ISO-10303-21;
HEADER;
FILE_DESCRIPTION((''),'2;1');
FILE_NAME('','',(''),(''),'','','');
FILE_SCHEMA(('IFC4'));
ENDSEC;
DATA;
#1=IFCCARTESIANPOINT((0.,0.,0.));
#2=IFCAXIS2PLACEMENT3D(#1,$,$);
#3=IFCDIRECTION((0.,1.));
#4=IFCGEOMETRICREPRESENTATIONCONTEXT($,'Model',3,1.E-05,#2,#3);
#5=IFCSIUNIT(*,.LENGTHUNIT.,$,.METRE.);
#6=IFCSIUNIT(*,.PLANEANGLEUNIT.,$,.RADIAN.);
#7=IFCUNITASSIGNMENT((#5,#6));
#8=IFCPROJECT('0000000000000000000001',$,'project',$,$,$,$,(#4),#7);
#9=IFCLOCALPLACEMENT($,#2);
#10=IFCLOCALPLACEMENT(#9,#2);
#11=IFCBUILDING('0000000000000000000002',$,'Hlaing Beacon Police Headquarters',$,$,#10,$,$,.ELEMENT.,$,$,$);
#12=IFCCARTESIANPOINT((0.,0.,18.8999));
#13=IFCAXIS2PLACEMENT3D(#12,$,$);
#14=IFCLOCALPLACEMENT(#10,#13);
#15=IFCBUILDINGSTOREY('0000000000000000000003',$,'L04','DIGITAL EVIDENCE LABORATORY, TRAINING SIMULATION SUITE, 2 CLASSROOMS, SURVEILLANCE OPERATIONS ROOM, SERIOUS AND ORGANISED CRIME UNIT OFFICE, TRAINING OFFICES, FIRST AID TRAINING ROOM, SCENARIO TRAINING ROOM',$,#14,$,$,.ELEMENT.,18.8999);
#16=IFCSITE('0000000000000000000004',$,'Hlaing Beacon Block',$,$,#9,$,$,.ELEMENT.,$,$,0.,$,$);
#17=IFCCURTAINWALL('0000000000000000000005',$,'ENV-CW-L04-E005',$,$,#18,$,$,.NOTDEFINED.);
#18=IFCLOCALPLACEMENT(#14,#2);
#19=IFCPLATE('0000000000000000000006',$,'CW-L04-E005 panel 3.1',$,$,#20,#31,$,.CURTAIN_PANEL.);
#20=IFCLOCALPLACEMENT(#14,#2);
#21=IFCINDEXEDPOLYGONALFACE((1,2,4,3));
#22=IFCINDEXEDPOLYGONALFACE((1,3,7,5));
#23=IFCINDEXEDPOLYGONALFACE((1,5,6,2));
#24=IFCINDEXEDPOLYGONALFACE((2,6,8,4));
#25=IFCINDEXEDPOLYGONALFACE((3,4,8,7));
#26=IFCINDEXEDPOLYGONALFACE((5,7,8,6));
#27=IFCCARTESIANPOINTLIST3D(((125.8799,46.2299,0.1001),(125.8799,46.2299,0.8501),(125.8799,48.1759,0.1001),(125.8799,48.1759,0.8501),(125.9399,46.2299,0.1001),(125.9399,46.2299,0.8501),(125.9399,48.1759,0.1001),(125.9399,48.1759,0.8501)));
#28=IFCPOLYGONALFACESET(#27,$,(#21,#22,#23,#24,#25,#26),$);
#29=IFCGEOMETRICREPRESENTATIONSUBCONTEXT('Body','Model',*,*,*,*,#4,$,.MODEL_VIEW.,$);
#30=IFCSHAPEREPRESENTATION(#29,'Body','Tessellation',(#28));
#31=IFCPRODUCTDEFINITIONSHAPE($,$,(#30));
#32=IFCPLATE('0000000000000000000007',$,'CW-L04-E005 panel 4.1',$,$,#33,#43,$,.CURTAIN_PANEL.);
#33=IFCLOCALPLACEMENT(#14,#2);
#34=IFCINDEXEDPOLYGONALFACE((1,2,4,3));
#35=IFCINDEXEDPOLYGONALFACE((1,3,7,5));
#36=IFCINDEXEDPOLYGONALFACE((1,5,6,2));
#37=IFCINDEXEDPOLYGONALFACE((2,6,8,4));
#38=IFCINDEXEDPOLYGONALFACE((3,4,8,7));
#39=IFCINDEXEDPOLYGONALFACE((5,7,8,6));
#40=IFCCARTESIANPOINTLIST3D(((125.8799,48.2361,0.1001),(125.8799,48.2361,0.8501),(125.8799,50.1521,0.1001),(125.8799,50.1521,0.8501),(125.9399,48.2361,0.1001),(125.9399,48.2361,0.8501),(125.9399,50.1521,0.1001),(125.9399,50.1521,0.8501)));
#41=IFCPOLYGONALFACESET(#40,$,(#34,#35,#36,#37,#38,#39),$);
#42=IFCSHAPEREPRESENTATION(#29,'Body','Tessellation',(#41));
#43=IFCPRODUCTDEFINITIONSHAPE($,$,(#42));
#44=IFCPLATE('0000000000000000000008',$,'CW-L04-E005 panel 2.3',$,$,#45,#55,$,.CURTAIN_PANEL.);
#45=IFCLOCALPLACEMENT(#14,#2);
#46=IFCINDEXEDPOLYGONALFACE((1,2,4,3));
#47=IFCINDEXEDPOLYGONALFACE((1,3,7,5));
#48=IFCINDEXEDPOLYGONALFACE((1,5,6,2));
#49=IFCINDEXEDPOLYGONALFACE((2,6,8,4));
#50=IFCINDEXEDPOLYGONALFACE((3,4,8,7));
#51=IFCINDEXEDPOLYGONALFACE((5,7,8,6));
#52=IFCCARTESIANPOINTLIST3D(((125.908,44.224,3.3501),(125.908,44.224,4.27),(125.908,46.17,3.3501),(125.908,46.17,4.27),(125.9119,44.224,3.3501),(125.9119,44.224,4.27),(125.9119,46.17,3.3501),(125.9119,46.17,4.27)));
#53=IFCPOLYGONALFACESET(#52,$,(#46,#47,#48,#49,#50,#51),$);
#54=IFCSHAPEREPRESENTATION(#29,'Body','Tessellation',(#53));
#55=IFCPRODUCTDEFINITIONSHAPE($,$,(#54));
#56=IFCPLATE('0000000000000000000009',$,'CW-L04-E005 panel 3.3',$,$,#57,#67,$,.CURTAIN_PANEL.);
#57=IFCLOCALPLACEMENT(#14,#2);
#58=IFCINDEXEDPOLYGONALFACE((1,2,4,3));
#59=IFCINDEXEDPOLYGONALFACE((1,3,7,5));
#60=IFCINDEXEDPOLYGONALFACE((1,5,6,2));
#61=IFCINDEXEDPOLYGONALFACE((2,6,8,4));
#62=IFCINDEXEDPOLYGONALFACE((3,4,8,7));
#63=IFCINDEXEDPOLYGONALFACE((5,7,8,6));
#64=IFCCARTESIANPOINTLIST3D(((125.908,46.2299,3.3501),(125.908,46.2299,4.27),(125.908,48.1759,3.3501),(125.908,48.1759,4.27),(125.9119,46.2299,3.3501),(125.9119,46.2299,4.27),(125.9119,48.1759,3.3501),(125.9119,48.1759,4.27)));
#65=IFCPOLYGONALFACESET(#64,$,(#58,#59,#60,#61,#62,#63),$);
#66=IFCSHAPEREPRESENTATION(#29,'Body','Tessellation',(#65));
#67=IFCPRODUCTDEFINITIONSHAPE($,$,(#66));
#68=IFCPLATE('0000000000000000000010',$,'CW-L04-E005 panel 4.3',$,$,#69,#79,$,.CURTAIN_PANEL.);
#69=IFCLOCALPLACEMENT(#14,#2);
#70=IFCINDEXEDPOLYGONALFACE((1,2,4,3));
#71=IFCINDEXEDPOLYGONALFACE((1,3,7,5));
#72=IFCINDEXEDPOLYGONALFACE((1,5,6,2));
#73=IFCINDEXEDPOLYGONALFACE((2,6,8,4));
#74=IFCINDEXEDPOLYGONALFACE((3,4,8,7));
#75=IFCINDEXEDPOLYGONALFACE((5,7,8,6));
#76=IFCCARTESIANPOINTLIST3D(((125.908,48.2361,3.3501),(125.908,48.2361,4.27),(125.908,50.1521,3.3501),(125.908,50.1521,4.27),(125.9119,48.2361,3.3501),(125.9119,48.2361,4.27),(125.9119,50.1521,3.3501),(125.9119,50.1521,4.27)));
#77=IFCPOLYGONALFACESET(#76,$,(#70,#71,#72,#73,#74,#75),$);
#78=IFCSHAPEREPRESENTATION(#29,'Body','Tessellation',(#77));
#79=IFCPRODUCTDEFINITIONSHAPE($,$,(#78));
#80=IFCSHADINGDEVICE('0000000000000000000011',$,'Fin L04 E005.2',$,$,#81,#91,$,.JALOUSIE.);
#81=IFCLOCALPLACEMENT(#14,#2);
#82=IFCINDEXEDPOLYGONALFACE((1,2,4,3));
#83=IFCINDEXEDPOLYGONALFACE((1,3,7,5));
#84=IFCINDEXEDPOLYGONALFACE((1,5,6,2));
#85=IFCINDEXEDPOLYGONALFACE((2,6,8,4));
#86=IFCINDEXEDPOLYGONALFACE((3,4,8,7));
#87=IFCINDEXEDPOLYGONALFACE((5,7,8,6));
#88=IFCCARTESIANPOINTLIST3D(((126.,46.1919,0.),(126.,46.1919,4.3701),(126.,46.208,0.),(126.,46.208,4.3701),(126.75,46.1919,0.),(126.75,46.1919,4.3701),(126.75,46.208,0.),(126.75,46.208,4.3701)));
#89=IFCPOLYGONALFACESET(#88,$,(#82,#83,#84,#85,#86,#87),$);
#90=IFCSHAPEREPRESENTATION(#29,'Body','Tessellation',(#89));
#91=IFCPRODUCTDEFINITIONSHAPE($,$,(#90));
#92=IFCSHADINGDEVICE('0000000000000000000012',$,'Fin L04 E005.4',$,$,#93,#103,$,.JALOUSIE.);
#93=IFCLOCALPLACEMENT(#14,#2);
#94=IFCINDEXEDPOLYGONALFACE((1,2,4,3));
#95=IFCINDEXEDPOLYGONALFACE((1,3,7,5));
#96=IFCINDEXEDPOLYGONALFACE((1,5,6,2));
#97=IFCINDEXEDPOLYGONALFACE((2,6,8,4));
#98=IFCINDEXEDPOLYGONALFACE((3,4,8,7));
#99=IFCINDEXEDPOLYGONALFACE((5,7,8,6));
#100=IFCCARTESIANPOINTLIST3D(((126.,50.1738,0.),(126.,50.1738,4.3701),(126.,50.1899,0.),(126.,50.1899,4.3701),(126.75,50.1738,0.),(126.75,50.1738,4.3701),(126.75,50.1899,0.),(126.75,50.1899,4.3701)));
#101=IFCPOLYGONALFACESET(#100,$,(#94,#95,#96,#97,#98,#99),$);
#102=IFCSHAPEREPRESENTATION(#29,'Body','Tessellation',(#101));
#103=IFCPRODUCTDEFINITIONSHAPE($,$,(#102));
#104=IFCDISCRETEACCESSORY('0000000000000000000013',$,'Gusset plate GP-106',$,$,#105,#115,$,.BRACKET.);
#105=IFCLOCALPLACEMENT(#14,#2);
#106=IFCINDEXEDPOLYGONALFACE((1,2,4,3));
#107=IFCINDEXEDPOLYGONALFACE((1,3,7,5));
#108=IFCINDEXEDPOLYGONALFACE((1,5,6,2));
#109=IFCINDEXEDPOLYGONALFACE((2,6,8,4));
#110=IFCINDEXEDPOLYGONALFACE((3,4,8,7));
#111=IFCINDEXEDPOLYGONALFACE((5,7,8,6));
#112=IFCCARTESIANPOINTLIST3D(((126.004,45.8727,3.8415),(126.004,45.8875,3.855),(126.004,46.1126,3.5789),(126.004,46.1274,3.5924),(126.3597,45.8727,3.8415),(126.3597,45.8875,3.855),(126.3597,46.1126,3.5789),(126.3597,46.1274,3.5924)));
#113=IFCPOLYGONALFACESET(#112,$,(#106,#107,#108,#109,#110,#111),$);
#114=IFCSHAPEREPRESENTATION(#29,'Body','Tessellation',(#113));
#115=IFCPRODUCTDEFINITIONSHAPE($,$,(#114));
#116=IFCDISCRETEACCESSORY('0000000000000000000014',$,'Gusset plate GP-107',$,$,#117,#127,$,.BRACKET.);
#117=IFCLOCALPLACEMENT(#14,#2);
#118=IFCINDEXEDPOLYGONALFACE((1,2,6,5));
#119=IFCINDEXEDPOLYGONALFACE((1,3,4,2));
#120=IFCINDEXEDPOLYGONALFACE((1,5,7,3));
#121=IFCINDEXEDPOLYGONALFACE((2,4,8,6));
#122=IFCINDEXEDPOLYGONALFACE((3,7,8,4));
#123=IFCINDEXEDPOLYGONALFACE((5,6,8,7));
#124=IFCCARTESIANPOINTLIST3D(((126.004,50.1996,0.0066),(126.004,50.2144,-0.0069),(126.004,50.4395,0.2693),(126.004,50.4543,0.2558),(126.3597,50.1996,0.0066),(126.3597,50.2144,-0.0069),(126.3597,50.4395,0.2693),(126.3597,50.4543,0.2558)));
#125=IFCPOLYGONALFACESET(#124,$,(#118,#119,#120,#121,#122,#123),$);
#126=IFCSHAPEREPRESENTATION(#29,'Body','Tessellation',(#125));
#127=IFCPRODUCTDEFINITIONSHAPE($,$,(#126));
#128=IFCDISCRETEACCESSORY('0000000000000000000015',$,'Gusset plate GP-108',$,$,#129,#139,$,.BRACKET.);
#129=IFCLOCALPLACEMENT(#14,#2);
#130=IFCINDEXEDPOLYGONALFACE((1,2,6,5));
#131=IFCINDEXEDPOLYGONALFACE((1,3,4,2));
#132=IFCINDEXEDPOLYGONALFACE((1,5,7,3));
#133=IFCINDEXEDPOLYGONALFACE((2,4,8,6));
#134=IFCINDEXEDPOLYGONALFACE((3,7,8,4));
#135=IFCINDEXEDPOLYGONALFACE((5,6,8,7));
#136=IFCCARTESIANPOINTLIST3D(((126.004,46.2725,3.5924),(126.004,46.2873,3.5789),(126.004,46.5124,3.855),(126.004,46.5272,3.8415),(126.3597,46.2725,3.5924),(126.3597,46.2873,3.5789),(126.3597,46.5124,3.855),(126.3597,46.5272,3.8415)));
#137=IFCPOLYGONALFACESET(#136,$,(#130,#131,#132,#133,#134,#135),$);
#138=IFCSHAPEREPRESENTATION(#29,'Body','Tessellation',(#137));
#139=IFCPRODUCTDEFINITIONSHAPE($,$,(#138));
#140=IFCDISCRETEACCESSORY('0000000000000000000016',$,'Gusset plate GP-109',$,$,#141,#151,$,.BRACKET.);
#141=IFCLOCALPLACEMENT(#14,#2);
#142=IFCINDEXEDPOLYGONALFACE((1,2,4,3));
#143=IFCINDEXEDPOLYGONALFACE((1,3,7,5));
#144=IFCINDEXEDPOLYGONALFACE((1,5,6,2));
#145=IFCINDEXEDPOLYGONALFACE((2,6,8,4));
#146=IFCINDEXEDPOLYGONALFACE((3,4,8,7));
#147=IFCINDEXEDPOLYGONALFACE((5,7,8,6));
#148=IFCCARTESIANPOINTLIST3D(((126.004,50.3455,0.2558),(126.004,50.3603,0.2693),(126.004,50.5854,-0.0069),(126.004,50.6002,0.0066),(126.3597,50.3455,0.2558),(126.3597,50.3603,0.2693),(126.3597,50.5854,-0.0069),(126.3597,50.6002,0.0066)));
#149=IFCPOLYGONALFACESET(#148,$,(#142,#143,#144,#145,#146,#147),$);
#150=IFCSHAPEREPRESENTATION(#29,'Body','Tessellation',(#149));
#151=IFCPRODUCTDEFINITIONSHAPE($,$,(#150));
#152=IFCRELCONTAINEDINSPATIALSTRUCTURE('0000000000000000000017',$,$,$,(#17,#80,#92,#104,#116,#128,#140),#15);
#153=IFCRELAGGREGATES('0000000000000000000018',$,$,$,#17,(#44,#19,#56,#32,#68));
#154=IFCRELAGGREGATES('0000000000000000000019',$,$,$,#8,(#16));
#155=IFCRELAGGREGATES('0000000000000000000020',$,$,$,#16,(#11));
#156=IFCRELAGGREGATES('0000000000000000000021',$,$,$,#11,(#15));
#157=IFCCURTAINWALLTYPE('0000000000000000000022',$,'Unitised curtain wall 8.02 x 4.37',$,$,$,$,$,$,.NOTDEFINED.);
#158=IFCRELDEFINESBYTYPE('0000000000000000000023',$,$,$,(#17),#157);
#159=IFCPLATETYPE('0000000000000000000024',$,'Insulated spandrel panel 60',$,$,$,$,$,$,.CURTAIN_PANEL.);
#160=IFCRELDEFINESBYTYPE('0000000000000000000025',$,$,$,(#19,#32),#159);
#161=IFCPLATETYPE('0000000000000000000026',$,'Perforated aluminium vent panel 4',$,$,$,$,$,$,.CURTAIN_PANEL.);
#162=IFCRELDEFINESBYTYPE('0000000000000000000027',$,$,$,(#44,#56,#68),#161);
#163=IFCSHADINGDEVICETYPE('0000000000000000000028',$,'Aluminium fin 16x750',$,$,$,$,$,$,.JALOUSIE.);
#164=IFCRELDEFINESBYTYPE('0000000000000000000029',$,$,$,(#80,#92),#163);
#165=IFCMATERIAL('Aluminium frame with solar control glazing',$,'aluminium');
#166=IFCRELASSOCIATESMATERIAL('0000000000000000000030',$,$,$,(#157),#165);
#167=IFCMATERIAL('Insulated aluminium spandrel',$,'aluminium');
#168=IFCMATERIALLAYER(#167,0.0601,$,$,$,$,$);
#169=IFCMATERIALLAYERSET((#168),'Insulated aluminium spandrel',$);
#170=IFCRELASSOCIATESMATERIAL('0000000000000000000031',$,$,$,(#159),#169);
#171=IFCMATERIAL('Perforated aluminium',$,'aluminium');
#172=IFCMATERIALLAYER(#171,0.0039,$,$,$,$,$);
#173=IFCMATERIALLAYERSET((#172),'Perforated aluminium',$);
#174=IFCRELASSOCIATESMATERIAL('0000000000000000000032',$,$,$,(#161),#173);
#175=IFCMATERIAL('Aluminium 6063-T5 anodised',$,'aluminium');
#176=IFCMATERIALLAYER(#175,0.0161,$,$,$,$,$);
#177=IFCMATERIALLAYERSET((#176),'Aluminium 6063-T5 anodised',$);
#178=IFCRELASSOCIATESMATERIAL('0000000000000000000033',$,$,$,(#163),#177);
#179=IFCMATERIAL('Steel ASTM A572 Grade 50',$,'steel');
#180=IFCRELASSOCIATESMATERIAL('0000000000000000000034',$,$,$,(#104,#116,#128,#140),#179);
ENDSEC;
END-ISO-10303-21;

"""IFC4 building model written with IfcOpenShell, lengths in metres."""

from ifc_helpers import new_model, si_unit, direction, frame, origin, origin_2d, place, context, subcontext, project, spatial, rectangle, extrude, material, layer, layer_set, type_object, element, aggregate, save


model = new_model("IFC4")

# Units and contexts
model_context = context("Model", 3, precision=1e-05, world=origin(), true_north=direction((0.0, 1.0)))
body_context = subcontext(model_context, "Body", "Model", "MODEL_VIEW")
ifc_project = project(units=[si_unit("LENGTHUNIT", "METRE"), si_unit("PLANEANGLEUNIT", "RADIAN")], contexts=[model_context])

# Site, building, storey
site_placement = place(None, origin())
site = spatial("IfcSite", under=ifc_project, at=site_placement, Name="Hlaing Beacon Block", CompositionType="ELEMENT", RefElevation=0.0)
building_placement = place(site_placement, origin())
building = spatial("IfcBuilding", under=site, at=building_placement, Name="Hlaing Beacon Police Headquarters", CompositionType="ELEMENT")
storey_placement = place(building_placement, frame((0.0, 0.0, 18.8999)))
storey = spatial("IfcBuildingStorey", under=building, at=storey_placement, Name="L04", Description="DIGITAL EVIDENCE LABORATORY, TRAINING SIMULATION SUITE, 2 CLASSROOMS, SURVEILLANCE OPERATIONS ROOM, SERIOUS AND ORGANISED CRIME UNIT OFFICE, TRAINING OFFICES, FIRST AID TRAINING ROOM, SCENARIO TRAINING ROOM", CompositionType="ELEMENT", Elevation=18.8999)

# Curtain wall, plates
ifc_material_1 = material(Name="Aluminium frame with solar control glazing", Category="aluminium")
curtain_wall_type = type_object("IfcCurtainWallType", Name="Unitised curtain wall 8.02 x 4.37", PredefinedType="NOTDEFINED", material=ifc_material_1)
curtain_wall_placement = place(storey_placement, origin())
curtain_wall = element("IfcCurtainWall", 1, at=curtain_wall_placement, inside=storey, type_object=curtain_wall_type, Name="ENV-CW-L04-E005", PredefinedType="NOTDEFINED")
ifc_material_2 = material(Name="Insulated aluminium spandrel", Category="aluminium")
ifc_layer_1 = layer(ifc_material_2, 0.0601)
ifc_layer_set_1 = layer_set([ifc_layer_1], Name="Insulated aluminium spandrel")
plate_type_1 = type_object("IfcPlateType", Name="Insulated spandrel panel 60", PredefinedType="CURTAIN_PANEL", material=ifc_layer_set_1)
plate_1_placement = place(storey_placement, frame((125.9099, 47.2029, 0.1001), z_axis=(0.0, 0.0, 1.0), x_axis=(0.0, 1.0, 0.0)))
plate_1 = element("IfcPlate", 2, at=plate_1_placement, type_object=plate_type_1, Name="CW-L04-E005 panel 3.1", PredefinedType="CURTAIN_PANEL", context=body_context, shape_type="SweptSolid", body=[
    extrude(rectangle(XDim=1.946, YDim=0.0601, at=origin_2d()), origin(), (0.0, 0.0, 1.0), 0.75),
])
plate_2_placement = place(storey_placement, frame((125.9099, 49.1941, 0.1001), z_axis=(0.0, 0.0, 1.0), x_axis=(0.0, 1.0, 0.0)))
plate_2 = element("IfcPlate", 3, at=plate_2_placement, type_object=plate_type_1, Name="CW-L04-E005 panel 4.1", PredefinedType="CURTAIN_PANEL", context=body_context, shape_type="SweptSolid", body=[
    extrude(rectangle(XDim=1.916, YDim=0.0601, at=origin_2d()), origin(), (0.0, 0.0, 1.0), 0.75),
])
ifc_material_3 = material(Name="Perforated aluminium", Category="aluminium")
ifc_layer_2 = layer(ifc_material_3, 0.0039)
ifc_layer_set_2 = layer_set([ifc_layer_2], Name="Perforated aluminium")
plate_type_2 = type_object("IfcPlateType", Name="Perforated aluminium vent panel 4", PredefinedType="CURTAIN_PANEL", material=ifc_layer_set_2)
plate_3_placement = place(storey_placement, frame((125.9099, 45.197, 3.3501), z_axis=(0.0, 0.0, 1.0), x_axis=(0.0, 1.0, 0.0)))
plate_3 = element("IfcPlate", 4, at=plate_3_placement, type_object=plate_type_2, Name="CW-L04-E005 panel 2.3", PredefinedType="CURTAIN_PANEL", context=body_context, shape_type="SweptSolid", body=[
    extrude(rectangle(XDim=1.946, YDim=0.0039, at=origin_2d()), origin(), (0.0, 0.0, 1.0), 0.9199),
])
plate_4_placement = place(storey_placement, frame((125.9099, 47.2029, 3.3501), z_axis=(0.0, 0.0, 1.0), x_axis=(0.0, 1.0, 0.0)))
plate_4 = element("IfcPlate", 5, at=plate_4_placement, type_object=plate_type_2, Name="CW-L04-E005 panel 3.3", PredefinedType="CURTAIN_PANEL", context=body_context, shape_type="SweptSolid", body=[
    extrude(rectangle(XDim=1.946, YDim=0.0039, at=origin_2d()), origin(), (0.0, 0.0, 1.0), 0.9199),
])
plate_5_placement = place(storey_placement, frame((125.9099, 49.1941, 3.3501), z_axis=(0.0, 0.0, 1.0), x_axis=(0.0, 1.0, 0.0)))
plate_5 = element("IfcPlate", 6, at=plate_5_placement, type_object=plate_type_2, Name="CW-L04-E005 panel 4.3", PredefinedType="CURTAIN_PANEL", context=body_context, shape_type="SweptSolid", body=[
    extrude(rectangle(XDim=1.916, YDim=0.0039, at=origin_2d()), origin(), (0.0, 0.0, 1.0), 0.9199),
])
aggregate(curtain_wall, [plate_3, plate_1, plate_4, plate_2, plate_5])

# Shading devices
ifc_material_4 = material(Name="Aluminium 6063-T5 anodised", Category="aluminium")
ifc_layer_3 = layer(ifc_material_4, 0.0161)
ifc_layer_set_3 = layer_set([ifc_layer_3], Name="Aluminium 6063-T5 anodised")
shading_device_type = type_object("IfcShadingDeviceType", Name="Aluminium fin 16x750", PredefinedType="JALOUSIE", material=ifc_layer_set_3)
for number, where, z_axis, x_axis, name in (
    (7, (126.375, 46.2, 0.0), (0.0, 0.0, 1.0), (0.0, 1.0, 0.0), "Fin L04 E005.2"),
    (8, (126.375, 50.1819, 0.0), (0.0, 0.0, 1.0), (0.0, 1.0, 0.0), "Fin L04 E005.4"),
):
    element("IfcShadingDevice", number, at=place(storey_placement, frame(where, z_axis=z_axis, x_axis=x_axis)), inside=storey, type_object=shading_device_type, Name=name, PredefinedType="JALOUSIE", context=body_context, shape_type="SweptSolid", body=[
        extrude(rectangle(XDim=0.0161, YDim=0.75, at=origin_2d()), origin(), (0.0, 0.0, 1.0), 4.3701),
    ])

# Discrete accessories
ifc_material_5 = material(Name="Steel ASTM A572 Grade 50", Category="steel")
for number, where, z_axis, x_axis, name in (
    (9, (126.1819, 45.9927, 3.7102), (0.0, 0.738447, 0.674312), (-1.0, 0.0, 0.0), "Gusset plate GP-106"),
    (10, (126.1819, 50.3196, 0.1379), (0.0, 0.738447, -0.674312), (-1.0, 0.0, 0.0), "Gusset plate GP-107"),
    (11, (126.1819, 46.4072, 3.7102), (0.0, -0.738447, 0.674312), (1.0, 0.0, 0.0), "Gusset plate GP-108"),
    (12, (126.1819, 50.4802, 0.1379), (0.0, -0.738447, -0.674312), (1.0, 0.0, 0.0), "Gusset plate GP-109"),
):
    element("IfcDiscreteAccessory", number, at=place(storey_placement, frame(where, z_axis=z_axis, x_axis=x_axis)), inside=storey, material=ifc_material_5, Name=name, PredefinedType="BRACKET", context=body_context, shape_type="SweptSolid", body=[
        extrude(rectangle(XDim=0.3557, YDim=0.3557, at=origin_2d()), origin(), (0.0, 0.0, 1.0), 0.02),
    ])

save(model, "model.ifc")
